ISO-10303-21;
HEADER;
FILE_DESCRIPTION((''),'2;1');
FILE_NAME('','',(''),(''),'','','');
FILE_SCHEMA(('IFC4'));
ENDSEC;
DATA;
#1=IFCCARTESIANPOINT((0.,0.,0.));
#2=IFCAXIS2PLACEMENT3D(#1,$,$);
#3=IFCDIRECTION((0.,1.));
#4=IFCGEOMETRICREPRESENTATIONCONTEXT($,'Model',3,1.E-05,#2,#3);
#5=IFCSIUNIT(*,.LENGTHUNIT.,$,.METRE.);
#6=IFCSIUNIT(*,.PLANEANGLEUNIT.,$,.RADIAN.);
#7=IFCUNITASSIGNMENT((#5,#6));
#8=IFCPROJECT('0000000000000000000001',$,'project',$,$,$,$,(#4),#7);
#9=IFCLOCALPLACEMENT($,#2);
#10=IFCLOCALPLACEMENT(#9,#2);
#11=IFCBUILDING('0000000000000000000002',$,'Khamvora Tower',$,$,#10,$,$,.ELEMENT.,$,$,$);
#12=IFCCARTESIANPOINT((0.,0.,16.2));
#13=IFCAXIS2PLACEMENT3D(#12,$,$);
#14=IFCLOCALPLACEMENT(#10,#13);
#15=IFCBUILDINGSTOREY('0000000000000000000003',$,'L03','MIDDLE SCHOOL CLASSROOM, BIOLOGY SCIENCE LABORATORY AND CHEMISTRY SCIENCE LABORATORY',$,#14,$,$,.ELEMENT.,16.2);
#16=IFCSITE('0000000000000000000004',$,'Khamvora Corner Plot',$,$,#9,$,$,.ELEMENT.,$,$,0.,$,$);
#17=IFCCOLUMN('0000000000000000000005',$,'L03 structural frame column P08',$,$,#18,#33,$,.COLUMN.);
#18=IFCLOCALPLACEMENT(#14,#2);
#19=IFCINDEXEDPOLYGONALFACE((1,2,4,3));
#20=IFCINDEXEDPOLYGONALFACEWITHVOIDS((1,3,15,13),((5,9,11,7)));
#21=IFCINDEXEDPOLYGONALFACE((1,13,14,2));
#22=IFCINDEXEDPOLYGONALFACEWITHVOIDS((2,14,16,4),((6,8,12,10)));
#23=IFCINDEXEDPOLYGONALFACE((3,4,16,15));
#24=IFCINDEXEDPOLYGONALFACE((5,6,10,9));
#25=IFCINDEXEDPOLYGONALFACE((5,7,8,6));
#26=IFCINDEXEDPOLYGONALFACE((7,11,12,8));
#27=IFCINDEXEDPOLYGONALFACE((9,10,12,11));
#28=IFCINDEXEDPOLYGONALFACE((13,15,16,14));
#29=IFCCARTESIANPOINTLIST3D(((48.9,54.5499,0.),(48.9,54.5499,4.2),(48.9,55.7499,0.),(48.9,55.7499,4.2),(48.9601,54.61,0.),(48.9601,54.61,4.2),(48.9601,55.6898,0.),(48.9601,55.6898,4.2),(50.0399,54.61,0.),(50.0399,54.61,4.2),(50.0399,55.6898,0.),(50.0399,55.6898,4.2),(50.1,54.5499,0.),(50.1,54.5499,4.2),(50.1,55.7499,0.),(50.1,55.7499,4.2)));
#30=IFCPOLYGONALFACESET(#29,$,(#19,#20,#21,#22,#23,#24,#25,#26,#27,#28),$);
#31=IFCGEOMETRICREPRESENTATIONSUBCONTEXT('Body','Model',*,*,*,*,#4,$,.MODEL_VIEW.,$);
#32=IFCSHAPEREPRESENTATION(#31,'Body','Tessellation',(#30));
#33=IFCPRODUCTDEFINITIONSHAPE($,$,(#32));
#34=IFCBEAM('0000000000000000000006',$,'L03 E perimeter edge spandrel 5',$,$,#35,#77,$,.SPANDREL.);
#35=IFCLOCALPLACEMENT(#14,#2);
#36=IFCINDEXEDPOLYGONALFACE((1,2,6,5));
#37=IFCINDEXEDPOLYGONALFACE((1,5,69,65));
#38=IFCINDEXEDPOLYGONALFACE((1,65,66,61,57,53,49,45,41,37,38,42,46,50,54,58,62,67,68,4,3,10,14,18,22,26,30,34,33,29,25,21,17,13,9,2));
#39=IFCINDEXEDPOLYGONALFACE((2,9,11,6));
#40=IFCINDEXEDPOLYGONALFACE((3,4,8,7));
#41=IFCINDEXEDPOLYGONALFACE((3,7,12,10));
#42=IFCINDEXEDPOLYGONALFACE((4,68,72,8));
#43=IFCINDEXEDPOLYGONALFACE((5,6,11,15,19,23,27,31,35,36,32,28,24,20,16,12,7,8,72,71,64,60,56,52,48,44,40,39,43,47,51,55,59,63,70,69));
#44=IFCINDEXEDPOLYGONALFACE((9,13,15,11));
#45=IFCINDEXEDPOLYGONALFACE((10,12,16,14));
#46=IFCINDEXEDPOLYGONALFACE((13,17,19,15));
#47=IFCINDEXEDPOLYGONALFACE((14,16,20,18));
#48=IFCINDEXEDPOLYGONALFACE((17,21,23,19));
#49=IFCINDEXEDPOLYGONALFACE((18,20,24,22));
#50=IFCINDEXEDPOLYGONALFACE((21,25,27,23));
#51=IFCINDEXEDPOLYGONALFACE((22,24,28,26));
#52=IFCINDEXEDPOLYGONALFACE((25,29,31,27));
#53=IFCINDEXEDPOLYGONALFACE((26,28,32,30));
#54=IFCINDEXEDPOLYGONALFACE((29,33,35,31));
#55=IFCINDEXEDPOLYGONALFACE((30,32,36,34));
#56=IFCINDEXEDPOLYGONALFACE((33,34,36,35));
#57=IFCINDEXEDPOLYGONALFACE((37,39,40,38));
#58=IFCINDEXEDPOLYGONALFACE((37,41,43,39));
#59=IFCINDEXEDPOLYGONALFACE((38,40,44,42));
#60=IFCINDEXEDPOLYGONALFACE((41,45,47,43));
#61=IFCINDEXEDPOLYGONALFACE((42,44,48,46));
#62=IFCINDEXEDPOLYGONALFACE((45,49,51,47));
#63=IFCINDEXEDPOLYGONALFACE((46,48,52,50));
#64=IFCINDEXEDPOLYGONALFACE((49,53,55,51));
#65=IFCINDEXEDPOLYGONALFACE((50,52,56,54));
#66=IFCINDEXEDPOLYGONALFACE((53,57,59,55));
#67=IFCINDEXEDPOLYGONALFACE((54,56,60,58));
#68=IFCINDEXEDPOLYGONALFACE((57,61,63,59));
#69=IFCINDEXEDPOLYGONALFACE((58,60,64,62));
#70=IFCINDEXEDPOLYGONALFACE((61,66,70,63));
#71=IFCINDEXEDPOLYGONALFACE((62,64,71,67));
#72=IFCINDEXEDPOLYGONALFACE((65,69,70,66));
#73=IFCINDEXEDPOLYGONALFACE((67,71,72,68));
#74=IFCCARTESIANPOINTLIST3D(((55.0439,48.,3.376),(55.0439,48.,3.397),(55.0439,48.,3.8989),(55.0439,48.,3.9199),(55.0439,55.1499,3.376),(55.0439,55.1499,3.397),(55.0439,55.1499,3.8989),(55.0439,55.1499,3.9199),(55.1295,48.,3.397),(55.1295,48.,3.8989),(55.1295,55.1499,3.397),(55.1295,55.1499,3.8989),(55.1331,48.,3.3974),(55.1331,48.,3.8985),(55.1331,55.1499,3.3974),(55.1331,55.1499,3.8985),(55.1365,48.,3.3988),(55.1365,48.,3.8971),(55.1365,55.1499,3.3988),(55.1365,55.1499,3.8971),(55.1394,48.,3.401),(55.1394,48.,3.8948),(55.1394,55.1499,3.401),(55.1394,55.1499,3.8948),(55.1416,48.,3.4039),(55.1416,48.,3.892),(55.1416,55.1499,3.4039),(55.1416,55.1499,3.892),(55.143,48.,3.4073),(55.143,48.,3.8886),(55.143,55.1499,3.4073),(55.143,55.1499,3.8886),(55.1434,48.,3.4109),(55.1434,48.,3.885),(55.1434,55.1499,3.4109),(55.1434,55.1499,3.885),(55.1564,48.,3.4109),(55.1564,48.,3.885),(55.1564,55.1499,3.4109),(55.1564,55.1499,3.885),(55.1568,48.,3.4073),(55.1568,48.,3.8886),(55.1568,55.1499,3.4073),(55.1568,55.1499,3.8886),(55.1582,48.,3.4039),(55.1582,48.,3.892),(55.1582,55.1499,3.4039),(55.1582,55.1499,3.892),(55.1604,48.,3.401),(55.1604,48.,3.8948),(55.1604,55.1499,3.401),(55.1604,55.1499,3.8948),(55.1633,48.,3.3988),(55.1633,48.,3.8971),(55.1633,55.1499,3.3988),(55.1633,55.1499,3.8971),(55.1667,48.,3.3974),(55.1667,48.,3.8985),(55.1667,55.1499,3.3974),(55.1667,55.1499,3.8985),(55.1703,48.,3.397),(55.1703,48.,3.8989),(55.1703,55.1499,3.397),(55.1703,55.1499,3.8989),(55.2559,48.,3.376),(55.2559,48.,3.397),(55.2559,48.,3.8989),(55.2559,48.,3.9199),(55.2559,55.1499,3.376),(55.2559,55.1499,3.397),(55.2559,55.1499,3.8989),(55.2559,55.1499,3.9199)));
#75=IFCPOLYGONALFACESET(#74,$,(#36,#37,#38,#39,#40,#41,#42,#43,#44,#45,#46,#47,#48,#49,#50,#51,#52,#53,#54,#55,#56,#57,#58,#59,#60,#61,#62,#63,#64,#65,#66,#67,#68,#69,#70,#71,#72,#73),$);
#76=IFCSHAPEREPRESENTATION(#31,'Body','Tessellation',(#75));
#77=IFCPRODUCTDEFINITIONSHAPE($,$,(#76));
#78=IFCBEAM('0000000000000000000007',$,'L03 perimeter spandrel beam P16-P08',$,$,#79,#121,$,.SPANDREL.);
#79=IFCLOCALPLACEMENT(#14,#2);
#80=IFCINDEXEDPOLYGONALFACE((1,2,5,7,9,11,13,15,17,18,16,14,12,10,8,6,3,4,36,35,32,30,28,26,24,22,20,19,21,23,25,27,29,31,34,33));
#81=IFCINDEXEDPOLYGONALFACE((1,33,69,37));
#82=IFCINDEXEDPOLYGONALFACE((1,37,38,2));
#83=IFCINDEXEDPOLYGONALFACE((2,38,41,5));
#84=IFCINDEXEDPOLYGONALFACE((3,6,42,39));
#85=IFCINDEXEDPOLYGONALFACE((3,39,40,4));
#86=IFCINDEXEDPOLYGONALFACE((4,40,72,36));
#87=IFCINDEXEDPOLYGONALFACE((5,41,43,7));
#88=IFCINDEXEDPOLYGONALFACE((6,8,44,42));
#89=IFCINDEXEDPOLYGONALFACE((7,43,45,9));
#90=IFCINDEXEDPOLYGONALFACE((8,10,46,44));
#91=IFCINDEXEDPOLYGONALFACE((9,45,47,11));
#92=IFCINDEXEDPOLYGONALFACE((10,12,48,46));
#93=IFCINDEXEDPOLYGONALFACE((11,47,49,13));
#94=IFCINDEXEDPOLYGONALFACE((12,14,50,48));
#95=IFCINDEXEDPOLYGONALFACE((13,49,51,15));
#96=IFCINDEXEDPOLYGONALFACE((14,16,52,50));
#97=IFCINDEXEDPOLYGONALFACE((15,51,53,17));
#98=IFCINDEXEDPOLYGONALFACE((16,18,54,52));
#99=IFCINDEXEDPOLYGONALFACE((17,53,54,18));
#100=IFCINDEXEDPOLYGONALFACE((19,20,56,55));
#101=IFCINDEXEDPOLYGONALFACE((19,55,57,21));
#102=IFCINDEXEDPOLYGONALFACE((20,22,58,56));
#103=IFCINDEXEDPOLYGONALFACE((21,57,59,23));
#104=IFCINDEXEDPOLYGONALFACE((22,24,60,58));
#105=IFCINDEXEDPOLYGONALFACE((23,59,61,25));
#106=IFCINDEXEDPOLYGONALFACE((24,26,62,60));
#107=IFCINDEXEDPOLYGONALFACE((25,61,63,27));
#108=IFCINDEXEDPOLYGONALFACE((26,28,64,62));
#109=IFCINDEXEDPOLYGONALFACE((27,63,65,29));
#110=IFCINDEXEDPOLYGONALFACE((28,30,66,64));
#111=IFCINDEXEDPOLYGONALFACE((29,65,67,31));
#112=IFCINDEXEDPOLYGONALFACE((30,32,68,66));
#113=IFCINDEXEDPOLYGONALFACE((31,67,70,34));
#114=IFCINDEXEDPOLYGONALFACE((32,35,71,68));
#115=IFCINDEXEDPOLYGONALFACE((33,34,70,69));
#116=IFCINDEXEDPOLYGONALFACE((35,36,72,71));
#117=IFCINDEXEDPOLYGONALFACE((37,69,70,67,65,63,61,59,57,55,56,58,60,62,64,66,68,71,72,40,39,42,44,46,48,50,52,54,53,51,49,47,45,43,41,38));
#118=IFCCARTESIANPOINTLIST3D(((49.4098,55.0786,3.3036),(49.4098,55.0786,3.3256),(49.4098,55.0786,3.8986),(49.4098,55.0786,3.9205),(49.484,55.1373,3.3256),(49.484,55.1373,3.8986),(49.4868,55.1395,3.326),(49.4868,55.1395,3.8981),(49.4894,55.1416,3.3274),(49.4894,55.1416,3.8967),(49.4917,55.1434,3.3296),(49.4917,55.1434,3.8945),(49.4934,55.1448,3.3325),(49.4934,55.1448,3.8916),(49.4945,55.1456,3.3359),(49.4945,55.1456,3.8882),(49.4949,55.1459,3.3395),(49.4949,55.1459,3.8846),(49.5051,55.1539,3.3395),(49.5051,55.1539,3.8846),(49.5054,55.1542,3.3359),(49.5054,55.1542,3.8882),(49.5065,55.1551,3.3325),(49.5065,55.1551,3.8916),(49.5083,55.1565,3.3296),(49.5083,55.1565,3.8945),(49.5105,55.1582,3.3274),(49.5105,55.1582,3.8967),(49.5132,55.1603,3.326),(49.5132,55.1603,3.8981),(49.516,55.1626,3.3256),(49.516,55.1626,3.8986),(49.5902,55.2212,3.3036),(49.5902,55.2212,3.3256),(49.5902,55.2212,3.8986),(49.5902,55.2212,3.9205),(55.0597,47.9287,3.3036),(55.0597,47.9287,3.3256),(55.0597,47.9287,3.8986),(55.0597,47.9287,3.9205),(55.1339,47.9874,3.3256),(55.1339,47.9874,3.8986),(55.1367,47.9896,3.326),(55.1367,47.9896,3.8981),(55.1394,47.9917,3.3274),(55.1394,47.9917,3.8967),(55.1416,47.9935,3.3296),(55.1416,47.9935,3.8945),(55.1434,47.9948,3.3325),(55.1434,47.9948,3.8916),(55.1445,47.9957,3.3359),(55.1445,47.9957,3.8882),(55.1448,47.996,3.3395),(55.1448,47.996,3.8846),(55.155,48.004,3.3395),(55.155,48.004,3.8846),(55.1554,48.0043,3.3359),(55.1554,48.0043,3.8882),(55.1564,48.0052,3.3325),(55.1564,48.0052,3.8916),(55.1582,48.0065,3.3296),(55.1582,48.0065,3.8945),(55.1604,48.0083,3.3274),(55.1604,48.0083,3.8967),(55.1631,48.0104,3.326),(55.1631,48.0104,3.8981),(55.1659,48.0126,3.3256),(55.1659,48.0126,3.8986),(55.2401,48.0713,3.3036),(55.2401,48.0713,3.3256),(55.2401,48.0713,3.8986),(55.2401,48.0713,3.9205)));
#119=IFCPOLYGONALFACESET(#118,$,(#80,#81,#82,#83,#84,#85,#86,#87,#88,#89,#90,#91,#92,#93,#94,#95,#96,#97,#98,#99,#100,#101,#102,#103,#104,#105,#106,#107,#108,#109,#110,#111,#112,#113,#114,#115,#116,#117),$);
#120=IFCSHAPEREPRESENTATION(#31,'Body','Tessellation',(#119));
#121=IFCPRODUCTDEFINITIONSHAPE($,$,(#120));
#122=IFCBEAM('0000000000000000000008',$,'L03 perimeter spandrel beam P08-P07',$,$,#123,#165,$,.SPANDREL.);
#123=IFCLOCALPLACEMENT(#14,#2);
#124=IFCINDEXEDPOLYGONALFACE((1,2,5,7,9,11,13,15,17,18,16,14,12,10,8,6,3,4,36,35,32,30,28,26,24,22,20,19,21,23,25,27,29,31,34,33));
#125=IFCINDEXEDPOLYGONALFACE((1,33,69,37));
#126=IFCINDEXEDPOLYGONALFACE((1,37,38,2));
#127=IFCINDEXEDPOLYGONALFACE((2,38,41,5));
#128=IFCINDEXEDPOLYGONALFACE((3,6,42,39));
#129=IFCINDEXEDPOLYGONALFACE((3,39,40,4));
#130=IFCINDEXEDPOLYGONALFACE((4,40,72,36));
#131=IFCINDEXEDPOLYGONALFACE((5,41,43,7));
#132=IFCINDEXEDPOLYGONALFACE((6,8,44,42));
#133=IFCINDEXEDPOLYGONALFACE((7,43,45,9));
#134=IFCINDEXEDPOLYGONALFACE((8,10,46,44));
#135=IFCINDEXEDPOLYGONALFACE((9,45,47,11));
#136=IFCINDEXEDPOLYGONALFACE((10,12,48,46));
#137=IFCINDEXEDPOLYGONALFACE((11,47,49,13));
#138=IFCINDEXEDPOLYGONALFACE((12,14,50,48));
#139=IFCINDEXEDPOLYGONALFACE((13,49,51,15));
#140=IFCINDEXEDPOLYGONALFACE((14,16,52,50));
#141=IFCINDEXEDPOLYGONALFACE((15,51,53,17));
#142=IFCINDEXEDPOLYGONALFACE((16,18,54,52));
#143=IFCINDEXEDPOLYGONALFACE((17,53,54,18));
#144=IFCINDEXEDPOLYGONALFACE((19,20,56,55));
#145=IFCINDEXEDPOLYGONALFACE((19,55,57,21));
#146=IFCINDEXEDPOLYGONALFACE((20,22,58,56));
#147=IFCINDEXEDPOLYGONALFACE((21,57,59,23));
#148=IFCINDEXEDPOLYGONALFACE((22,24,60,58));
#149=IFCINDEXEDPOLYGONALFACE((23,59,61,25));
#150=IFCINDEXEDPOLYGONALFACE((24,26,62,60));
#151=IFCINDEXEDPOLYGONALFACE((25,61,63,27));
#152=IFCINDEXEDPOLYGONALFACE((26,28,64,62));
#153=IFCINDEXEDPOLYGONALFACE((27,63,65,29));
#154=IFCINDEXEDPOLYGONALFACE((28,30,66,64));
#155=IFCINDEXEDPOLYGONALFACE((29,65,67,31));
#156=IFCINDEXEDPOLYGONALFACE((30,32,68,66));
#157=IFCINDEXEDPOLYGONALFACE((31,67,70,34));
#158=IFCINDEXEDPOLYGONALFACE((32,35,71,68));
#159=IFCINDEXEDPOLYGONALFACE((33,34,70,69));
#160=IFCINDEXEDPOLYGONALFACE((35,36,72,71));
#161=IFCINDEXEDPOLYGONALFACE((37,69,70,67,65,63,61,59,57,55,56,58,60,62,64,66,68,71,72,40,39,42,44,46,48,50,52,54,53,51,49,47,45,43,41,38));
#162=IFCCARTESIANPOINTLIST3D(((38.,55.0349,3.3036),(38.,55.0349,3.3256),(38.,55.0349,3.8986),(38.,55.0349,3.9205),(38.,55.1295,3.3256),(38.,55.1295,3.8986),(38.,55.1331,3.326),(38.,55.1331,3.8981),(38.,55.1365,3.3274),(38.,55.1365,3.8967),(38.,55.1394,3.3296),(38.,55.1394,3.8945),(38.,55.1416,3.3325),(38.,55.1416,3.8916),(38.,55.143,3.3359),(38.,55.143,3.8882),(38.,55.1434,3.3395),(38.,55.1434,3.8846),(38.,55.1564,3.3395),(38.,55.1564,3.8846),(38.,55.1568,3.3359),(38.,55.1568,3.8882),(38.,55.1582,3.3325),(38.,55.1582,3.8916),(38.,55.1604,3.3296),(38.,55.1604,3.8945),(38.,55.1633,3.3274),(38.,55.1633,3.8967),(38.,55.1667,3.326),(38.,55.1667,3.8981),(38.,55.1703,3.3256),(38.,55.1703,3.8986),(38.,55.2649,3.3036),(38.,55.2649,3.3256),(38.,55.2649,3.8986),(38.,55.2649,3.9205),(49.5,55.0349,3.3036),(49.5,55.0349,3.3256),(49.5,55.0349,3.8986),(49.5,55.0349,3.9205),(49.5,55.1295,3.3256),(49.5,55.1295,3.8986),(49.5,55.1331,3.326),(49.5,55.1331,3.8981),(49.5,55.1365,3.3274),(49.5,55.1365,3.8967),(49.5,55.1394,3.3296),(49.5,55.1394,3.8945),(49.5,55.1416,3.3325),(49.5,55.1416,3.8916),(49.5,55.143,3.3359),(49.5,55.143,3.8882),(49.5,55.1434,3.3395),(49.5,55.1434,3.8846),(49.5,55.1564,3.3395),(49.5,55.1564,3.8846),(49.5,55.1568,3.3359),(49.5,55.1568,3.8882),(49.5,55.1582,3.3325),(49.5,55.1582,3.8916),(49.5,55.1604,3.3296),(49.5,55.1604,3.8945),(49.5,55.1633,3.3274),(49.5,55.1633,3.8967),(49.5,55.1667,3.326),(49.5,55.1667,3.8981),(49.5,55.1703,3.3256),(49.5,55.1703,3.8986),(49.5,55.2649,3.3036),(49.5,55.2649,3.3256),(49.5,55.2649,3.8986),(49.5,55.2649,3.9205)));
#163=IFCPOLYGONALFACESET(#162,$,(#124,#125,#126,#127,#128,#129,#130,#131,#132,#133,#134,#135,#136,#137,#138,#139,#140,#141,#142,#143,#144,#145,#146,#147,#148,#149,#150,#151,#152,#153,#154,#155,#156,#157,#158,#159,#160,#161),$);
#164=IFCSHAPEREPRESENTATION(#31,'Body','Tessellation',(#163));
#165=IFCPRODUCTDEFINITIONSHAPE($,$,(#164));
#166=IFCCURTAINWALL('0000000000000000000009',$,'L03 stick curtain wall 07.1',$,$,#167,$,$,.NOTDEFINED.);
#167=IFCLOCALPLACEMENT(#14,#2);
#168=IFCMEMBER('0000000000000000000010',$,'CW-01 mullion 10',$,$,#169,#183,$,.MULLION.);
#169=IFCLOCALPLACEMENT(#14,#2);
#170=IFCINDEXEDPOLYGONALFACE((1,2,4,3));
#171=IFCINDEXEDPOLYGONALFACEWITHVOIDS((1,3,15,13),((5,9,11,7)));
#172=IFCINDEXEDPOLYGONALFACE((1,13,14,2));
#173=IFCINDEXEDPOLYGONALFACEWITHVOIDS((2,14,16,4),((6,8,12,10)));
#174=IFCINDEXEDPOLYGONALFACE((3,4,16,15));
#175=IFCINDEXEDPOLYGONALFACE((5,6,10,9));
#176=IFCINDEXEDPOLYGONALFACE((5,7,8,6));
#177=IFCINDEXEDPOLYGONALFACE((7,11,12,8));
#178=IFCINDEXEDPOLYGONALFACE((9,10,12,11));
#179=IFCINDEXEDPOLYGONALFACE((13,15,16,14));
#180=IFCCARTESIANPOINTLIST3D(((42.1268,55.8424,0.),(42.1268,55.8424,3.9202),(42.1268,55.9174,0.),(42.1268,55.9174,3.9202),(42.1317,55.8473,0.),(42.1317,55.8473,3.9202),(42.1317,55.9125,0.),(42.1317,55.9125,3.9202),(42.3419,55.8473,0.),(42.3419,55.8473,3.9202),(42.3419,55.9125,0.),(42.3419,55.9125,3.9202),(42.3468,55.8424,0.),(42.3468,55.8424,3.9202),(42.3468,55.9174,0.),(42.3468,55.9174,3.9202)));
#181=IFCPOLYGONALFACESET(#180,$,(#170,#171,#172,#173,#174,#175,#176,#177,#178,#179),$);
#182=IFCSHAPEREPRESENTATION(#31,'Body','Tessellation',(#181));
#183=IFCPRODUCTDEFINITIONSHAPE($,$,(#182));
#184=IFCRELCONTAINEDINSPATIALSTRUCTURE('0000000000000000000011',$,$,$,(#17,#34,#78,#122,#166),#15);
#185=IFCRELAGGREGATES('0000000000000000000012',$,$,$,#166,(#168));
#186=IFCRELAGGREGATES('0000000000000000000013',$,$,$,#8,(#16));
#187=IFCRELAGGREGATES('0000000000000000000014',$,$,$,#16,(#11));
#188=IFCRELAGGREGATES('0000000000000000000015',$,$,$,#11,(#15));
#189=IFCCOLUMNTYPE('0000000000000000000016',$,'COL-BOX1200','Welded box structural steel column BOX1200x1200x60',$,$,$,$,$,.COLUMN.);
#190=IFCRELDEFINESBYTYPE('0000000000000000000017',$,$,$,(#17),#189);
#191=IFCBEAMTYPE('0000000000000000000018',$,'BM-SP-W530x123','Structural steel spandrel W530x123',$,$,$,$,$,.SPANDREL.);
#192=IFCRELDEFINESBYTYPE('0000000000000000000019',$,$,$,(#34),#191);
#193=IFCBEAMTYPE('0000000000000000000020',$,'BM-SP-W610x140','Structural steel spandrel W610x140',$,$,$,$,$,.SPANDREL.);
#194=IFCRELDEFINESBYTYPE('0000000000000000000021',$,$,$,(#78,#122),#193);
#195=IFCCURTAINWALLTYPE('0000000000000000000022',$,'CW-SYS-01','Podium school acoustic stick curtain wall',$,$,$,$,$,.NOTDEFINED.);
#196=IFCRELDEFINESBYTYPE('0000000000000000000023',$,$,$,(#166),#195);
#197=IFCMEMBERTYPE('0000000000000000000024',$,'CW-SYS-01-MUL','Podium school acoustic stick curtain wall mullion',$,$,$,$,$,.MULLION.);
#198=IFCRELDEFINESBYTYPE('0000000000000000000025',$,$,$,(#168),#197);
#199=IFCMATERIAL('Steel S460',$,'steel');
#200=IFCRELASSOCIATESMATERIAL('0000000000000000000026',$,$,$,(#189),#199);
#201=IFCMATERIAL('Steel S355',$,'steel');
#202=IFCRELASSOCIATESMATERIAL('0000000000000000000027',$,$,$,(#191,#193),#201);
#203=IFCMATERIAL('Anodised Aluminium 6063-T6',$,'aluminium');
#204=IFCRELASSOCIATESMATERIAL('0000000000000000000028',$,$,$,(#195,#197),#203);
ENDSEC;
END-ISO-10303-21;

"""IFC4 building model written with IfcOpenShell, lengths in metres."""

from ifc_helpers import new_model, si_unit, direction, frame, origin, origin_2d, place, context, subcontext, project, spatial, hollow_rectangle, i_section, extrude, material, material_profile, profile_set, type_object, element, aggregate, save


model = new_model("IFC4")

# Units and contexts
model_context = context("Model", 3, precision=1e-05, world=origin(), true_north=direction((0.0, 1.0)))
body_context = subcontext(model_context, "Body", "Model", "MODEL_VIEW")
ifc_project = project(units=[si_unit("LENGTHUNIT", "METRE"), si_unit("PLANEANGLEUNIT", "RADIAN")], contexts=[model_context])

# Site, building, storey
site_placement = place(None, origin())
site = spatial("IfcSite", under=ifc_project, at=site_placement, Name="Khamvora Corner Plot", CompositionType="ELEMENT", RefElevation=0.0)
building_placement = place(site_placement, origin())
building = spatial("IfcBuilding", under=site, at=building_placement, Name="Khamvora Tower", CompositionType="ELEMENT")
storey_placement = place(building_placement, frame((0.0, 0.0, 16.2)))
storey = spatial("IfcBuildingStorey", under=building, at=storey_placement, Name="L03", Description="MIDDLE SCHOOL CLASSROOM, BIOLOGY SCIENCE LABORATORY AND CHEMISTRY SCIENCE LABORATORY", CompositionType="ELEMENT", Elevation=16.2)

# Column
ifc_material_1 = material(Name="Steel S460", Category="steel")
ifc_material_profile_1 = material_profile(ifc_material_1, hollow_rectangle(XDim=1.2, YDim=1.2, WallThickness=0.0601, at=origin_2d()), Name="BOX1200x1200x60")
ifc_profile_set_1 = profile_set([ifc_material_profile_1], Name="Steel S460")
column_type = type_object("IfcColumnType", Name="COL-BOX1200", Description="Welded box structural steel column BOX1200x1200x60", PredefinedType="COLUMN", material=ifc_profile_set_1)
column_placement = place(storey_placement, frame((49.5, 55.1499, 0.0), z_axis=(0.0, 0.0, 1.0), x_axis=(1.0, 0.0, 0.0)))
element("IfcColumn", 1, at=column_placement, inside=storey, type_object=column_type, Name="L03 structural frame column P08", PredefinedType="COLUMN", context=body_context, shape_type="SweptSolid", body=[
    extrude(hollow_rectangle(XDim=1.2, YDim=1.2, WallThickness=0.0601, at=origin_2d()), origin(), (0.0, 0.0, 1.0), 4.2),
])

# Beams
ifc_material_2 = material(Name="Steel S355", Category="steel")
ifc_material_profile_2 = material_profile(ifc_material_2, i_section(OverallWidth=0.2119, OverallDepth=0.5439, WebThickness=0.0129, FlangeThickness=0.021, FilletRadius=0.0139, at=origin_2d()), Name="W530x123")
ifc_profile_set_2 = profile_set([ifc_material_profile_2], Name="Steel S355")
beam_type_1 = type_object("IfcBeamType", Name="BM-SP-W530x123", Description="Structural steel spandrel W530x123", PredefinedType="SPANDREL", material=ifc_profile_set_2)
beam_1_placement = place(storey_placement, frame((55.1499, 48.0, 3.6479), z_axis=(0.0, 1.0, 0.0), x_axis=(-1.0, 0.0, 0.0)))
element("IfcBeam", 2, at=beam_1_placement, inside=storey, type_object=beam_type_1, Name="L03 E perimeter edge spandrel 5", PredefinedType="SPANDREL", context=body_context, shape_type="SweptSolid", body=[
    extrude(i_section(OverallWidth=0.2119, OverallDepth=0.5439, WebThickness=0.0129, FlangeThickness=0.021, FilletRadius=0.0139, at=origin_2d()), origin(), (0.0, 0.0, 1.0), 7.1499),
])
ifc_material_profile_3 = material_profile(ifc_material_2, i_section(OverallWidth=0.23, OverallDepth=0.6169, WebThickness=0.0129, FlangeThickness=0.022, FilletRadius=0.0139, at=origin_2d()), Name="W610x140")
ifc_profile_set_3 = profile_set([ifc_material_profile_3], Name="Steel S355")
beam_type_2 = type_object("IfcBeamType", Name="BM-SP-W610x140", Description="Structural steel spandrel W610x140", PredefinedType="SPANDREL", material=ifc_profile_set_3)
beam_2_placement = place(storey_placement, frame((55.1499, 48.0, 3.6121), z_axis=(-0.619999, 0.784603, 0.0), x_axis=(-0.784603, -0.619999, 0.0)))
element("IfcBeam", 3, at=beam_2_placement, inside=storey, type_object=beam_type_2, Name="L03 perimeter spandrel beam P16-P08", PredefinedType="SPANDREL", context=body_context, shape_type="SweptSolid", body=[
    extrude(i_section(OverallWidth=0.23, OverallDepth=0.6169, WebThickness=0.0129, FlangeThickness=0.022, FilletRadius=0.0139, at=origin_2d()), origin(), (0.0, 0.0, 1.0), 9.1128),
])
beam_3_placement = place(storey_placement, frame((49.5, 55.1499, 3.6121), z_axis=(-1.0, 0.0, 0.0), x_axis=(0.0, -1.0, 0.0)))
element("IfcBeam", 4, at=beam_3_placement, inside=storey, type_object=beam_type_2, Name="L03 perimeter spandrel beam P08-P07", PredefinedType="SPANDREL", context=body_context, shape_type="SweptSolid", body=[
    extrude(i_section(OverallWidth=0.23, OverallDepth=0.6169, WebThickness=0.0129, FlangeThickness=0.022, FilletRadius=0.0139, at=origin_2d()), origin(), (0.0, 0.0, 1.0), 11.5),
])

# Curtain wall, member
ifc_material_3 = material(Name="Anodised Aluminium 6063-T6", Category="aluminium")
curtain_wall_type = type_object("IfcCurtainWallType", Name="CW-SYS-01", Description="Podium school acoustic stick curtain wall", PredefinedType="NOTDEFINED", material=ifc_material_3)
curtain_wall_placement = place(storey_placement, origin())
curtain_wall = element("IfcCurtainWall", 5, at=curtain_wall_placement, inside=storey, type_object=curtain_wall_type, Name="L03 stick curtain wall 07.1", PredefinedType="NOTDEFINED")
ifc_material_profile_4 = material_profile(ifc_material_3, hollow_rectangle(XDim=0.075, YDim=0.22, WallThickness=0.0049, at=origin_2d()), Name="MUL75x220x5")
ifc_profile_set_4 = profile_set([ifc_material_profile_4], Name="Anodised Aluminium 6063-T6")
member_type_1 = type_object("IfcMemberType", Name="CW-SYS-01-MUL", Description="Podium school acoustic stick curtain wall mullion", PredefinedType="MULLION", material=ifc_profile_set_4)
member_1_placement = place(storey_placement, frame((42.2368, 55.8799, 0.0), z_axis=(0.0, 0.0, 1.0), x_axis=(0.0, 1.0, 0.0)))
member_1 = element("IfcMember", 6, at=member_1_placement, type_object=member_type_1, Name="CW-01 mullion 10", PredefinedType="MULLION", context=body_context, shape_type="SweptSolid", body=[
    extrude(hollow_rectangle(XDim=0.075, YDim=0.22, WallThickness=0.0049, at=origin_2d()), origin(), (0.0, 0.0, 1.0), 3.9202),
])

aggregate(curtain_wall, [member_1])

save(model, "model.ifc")
